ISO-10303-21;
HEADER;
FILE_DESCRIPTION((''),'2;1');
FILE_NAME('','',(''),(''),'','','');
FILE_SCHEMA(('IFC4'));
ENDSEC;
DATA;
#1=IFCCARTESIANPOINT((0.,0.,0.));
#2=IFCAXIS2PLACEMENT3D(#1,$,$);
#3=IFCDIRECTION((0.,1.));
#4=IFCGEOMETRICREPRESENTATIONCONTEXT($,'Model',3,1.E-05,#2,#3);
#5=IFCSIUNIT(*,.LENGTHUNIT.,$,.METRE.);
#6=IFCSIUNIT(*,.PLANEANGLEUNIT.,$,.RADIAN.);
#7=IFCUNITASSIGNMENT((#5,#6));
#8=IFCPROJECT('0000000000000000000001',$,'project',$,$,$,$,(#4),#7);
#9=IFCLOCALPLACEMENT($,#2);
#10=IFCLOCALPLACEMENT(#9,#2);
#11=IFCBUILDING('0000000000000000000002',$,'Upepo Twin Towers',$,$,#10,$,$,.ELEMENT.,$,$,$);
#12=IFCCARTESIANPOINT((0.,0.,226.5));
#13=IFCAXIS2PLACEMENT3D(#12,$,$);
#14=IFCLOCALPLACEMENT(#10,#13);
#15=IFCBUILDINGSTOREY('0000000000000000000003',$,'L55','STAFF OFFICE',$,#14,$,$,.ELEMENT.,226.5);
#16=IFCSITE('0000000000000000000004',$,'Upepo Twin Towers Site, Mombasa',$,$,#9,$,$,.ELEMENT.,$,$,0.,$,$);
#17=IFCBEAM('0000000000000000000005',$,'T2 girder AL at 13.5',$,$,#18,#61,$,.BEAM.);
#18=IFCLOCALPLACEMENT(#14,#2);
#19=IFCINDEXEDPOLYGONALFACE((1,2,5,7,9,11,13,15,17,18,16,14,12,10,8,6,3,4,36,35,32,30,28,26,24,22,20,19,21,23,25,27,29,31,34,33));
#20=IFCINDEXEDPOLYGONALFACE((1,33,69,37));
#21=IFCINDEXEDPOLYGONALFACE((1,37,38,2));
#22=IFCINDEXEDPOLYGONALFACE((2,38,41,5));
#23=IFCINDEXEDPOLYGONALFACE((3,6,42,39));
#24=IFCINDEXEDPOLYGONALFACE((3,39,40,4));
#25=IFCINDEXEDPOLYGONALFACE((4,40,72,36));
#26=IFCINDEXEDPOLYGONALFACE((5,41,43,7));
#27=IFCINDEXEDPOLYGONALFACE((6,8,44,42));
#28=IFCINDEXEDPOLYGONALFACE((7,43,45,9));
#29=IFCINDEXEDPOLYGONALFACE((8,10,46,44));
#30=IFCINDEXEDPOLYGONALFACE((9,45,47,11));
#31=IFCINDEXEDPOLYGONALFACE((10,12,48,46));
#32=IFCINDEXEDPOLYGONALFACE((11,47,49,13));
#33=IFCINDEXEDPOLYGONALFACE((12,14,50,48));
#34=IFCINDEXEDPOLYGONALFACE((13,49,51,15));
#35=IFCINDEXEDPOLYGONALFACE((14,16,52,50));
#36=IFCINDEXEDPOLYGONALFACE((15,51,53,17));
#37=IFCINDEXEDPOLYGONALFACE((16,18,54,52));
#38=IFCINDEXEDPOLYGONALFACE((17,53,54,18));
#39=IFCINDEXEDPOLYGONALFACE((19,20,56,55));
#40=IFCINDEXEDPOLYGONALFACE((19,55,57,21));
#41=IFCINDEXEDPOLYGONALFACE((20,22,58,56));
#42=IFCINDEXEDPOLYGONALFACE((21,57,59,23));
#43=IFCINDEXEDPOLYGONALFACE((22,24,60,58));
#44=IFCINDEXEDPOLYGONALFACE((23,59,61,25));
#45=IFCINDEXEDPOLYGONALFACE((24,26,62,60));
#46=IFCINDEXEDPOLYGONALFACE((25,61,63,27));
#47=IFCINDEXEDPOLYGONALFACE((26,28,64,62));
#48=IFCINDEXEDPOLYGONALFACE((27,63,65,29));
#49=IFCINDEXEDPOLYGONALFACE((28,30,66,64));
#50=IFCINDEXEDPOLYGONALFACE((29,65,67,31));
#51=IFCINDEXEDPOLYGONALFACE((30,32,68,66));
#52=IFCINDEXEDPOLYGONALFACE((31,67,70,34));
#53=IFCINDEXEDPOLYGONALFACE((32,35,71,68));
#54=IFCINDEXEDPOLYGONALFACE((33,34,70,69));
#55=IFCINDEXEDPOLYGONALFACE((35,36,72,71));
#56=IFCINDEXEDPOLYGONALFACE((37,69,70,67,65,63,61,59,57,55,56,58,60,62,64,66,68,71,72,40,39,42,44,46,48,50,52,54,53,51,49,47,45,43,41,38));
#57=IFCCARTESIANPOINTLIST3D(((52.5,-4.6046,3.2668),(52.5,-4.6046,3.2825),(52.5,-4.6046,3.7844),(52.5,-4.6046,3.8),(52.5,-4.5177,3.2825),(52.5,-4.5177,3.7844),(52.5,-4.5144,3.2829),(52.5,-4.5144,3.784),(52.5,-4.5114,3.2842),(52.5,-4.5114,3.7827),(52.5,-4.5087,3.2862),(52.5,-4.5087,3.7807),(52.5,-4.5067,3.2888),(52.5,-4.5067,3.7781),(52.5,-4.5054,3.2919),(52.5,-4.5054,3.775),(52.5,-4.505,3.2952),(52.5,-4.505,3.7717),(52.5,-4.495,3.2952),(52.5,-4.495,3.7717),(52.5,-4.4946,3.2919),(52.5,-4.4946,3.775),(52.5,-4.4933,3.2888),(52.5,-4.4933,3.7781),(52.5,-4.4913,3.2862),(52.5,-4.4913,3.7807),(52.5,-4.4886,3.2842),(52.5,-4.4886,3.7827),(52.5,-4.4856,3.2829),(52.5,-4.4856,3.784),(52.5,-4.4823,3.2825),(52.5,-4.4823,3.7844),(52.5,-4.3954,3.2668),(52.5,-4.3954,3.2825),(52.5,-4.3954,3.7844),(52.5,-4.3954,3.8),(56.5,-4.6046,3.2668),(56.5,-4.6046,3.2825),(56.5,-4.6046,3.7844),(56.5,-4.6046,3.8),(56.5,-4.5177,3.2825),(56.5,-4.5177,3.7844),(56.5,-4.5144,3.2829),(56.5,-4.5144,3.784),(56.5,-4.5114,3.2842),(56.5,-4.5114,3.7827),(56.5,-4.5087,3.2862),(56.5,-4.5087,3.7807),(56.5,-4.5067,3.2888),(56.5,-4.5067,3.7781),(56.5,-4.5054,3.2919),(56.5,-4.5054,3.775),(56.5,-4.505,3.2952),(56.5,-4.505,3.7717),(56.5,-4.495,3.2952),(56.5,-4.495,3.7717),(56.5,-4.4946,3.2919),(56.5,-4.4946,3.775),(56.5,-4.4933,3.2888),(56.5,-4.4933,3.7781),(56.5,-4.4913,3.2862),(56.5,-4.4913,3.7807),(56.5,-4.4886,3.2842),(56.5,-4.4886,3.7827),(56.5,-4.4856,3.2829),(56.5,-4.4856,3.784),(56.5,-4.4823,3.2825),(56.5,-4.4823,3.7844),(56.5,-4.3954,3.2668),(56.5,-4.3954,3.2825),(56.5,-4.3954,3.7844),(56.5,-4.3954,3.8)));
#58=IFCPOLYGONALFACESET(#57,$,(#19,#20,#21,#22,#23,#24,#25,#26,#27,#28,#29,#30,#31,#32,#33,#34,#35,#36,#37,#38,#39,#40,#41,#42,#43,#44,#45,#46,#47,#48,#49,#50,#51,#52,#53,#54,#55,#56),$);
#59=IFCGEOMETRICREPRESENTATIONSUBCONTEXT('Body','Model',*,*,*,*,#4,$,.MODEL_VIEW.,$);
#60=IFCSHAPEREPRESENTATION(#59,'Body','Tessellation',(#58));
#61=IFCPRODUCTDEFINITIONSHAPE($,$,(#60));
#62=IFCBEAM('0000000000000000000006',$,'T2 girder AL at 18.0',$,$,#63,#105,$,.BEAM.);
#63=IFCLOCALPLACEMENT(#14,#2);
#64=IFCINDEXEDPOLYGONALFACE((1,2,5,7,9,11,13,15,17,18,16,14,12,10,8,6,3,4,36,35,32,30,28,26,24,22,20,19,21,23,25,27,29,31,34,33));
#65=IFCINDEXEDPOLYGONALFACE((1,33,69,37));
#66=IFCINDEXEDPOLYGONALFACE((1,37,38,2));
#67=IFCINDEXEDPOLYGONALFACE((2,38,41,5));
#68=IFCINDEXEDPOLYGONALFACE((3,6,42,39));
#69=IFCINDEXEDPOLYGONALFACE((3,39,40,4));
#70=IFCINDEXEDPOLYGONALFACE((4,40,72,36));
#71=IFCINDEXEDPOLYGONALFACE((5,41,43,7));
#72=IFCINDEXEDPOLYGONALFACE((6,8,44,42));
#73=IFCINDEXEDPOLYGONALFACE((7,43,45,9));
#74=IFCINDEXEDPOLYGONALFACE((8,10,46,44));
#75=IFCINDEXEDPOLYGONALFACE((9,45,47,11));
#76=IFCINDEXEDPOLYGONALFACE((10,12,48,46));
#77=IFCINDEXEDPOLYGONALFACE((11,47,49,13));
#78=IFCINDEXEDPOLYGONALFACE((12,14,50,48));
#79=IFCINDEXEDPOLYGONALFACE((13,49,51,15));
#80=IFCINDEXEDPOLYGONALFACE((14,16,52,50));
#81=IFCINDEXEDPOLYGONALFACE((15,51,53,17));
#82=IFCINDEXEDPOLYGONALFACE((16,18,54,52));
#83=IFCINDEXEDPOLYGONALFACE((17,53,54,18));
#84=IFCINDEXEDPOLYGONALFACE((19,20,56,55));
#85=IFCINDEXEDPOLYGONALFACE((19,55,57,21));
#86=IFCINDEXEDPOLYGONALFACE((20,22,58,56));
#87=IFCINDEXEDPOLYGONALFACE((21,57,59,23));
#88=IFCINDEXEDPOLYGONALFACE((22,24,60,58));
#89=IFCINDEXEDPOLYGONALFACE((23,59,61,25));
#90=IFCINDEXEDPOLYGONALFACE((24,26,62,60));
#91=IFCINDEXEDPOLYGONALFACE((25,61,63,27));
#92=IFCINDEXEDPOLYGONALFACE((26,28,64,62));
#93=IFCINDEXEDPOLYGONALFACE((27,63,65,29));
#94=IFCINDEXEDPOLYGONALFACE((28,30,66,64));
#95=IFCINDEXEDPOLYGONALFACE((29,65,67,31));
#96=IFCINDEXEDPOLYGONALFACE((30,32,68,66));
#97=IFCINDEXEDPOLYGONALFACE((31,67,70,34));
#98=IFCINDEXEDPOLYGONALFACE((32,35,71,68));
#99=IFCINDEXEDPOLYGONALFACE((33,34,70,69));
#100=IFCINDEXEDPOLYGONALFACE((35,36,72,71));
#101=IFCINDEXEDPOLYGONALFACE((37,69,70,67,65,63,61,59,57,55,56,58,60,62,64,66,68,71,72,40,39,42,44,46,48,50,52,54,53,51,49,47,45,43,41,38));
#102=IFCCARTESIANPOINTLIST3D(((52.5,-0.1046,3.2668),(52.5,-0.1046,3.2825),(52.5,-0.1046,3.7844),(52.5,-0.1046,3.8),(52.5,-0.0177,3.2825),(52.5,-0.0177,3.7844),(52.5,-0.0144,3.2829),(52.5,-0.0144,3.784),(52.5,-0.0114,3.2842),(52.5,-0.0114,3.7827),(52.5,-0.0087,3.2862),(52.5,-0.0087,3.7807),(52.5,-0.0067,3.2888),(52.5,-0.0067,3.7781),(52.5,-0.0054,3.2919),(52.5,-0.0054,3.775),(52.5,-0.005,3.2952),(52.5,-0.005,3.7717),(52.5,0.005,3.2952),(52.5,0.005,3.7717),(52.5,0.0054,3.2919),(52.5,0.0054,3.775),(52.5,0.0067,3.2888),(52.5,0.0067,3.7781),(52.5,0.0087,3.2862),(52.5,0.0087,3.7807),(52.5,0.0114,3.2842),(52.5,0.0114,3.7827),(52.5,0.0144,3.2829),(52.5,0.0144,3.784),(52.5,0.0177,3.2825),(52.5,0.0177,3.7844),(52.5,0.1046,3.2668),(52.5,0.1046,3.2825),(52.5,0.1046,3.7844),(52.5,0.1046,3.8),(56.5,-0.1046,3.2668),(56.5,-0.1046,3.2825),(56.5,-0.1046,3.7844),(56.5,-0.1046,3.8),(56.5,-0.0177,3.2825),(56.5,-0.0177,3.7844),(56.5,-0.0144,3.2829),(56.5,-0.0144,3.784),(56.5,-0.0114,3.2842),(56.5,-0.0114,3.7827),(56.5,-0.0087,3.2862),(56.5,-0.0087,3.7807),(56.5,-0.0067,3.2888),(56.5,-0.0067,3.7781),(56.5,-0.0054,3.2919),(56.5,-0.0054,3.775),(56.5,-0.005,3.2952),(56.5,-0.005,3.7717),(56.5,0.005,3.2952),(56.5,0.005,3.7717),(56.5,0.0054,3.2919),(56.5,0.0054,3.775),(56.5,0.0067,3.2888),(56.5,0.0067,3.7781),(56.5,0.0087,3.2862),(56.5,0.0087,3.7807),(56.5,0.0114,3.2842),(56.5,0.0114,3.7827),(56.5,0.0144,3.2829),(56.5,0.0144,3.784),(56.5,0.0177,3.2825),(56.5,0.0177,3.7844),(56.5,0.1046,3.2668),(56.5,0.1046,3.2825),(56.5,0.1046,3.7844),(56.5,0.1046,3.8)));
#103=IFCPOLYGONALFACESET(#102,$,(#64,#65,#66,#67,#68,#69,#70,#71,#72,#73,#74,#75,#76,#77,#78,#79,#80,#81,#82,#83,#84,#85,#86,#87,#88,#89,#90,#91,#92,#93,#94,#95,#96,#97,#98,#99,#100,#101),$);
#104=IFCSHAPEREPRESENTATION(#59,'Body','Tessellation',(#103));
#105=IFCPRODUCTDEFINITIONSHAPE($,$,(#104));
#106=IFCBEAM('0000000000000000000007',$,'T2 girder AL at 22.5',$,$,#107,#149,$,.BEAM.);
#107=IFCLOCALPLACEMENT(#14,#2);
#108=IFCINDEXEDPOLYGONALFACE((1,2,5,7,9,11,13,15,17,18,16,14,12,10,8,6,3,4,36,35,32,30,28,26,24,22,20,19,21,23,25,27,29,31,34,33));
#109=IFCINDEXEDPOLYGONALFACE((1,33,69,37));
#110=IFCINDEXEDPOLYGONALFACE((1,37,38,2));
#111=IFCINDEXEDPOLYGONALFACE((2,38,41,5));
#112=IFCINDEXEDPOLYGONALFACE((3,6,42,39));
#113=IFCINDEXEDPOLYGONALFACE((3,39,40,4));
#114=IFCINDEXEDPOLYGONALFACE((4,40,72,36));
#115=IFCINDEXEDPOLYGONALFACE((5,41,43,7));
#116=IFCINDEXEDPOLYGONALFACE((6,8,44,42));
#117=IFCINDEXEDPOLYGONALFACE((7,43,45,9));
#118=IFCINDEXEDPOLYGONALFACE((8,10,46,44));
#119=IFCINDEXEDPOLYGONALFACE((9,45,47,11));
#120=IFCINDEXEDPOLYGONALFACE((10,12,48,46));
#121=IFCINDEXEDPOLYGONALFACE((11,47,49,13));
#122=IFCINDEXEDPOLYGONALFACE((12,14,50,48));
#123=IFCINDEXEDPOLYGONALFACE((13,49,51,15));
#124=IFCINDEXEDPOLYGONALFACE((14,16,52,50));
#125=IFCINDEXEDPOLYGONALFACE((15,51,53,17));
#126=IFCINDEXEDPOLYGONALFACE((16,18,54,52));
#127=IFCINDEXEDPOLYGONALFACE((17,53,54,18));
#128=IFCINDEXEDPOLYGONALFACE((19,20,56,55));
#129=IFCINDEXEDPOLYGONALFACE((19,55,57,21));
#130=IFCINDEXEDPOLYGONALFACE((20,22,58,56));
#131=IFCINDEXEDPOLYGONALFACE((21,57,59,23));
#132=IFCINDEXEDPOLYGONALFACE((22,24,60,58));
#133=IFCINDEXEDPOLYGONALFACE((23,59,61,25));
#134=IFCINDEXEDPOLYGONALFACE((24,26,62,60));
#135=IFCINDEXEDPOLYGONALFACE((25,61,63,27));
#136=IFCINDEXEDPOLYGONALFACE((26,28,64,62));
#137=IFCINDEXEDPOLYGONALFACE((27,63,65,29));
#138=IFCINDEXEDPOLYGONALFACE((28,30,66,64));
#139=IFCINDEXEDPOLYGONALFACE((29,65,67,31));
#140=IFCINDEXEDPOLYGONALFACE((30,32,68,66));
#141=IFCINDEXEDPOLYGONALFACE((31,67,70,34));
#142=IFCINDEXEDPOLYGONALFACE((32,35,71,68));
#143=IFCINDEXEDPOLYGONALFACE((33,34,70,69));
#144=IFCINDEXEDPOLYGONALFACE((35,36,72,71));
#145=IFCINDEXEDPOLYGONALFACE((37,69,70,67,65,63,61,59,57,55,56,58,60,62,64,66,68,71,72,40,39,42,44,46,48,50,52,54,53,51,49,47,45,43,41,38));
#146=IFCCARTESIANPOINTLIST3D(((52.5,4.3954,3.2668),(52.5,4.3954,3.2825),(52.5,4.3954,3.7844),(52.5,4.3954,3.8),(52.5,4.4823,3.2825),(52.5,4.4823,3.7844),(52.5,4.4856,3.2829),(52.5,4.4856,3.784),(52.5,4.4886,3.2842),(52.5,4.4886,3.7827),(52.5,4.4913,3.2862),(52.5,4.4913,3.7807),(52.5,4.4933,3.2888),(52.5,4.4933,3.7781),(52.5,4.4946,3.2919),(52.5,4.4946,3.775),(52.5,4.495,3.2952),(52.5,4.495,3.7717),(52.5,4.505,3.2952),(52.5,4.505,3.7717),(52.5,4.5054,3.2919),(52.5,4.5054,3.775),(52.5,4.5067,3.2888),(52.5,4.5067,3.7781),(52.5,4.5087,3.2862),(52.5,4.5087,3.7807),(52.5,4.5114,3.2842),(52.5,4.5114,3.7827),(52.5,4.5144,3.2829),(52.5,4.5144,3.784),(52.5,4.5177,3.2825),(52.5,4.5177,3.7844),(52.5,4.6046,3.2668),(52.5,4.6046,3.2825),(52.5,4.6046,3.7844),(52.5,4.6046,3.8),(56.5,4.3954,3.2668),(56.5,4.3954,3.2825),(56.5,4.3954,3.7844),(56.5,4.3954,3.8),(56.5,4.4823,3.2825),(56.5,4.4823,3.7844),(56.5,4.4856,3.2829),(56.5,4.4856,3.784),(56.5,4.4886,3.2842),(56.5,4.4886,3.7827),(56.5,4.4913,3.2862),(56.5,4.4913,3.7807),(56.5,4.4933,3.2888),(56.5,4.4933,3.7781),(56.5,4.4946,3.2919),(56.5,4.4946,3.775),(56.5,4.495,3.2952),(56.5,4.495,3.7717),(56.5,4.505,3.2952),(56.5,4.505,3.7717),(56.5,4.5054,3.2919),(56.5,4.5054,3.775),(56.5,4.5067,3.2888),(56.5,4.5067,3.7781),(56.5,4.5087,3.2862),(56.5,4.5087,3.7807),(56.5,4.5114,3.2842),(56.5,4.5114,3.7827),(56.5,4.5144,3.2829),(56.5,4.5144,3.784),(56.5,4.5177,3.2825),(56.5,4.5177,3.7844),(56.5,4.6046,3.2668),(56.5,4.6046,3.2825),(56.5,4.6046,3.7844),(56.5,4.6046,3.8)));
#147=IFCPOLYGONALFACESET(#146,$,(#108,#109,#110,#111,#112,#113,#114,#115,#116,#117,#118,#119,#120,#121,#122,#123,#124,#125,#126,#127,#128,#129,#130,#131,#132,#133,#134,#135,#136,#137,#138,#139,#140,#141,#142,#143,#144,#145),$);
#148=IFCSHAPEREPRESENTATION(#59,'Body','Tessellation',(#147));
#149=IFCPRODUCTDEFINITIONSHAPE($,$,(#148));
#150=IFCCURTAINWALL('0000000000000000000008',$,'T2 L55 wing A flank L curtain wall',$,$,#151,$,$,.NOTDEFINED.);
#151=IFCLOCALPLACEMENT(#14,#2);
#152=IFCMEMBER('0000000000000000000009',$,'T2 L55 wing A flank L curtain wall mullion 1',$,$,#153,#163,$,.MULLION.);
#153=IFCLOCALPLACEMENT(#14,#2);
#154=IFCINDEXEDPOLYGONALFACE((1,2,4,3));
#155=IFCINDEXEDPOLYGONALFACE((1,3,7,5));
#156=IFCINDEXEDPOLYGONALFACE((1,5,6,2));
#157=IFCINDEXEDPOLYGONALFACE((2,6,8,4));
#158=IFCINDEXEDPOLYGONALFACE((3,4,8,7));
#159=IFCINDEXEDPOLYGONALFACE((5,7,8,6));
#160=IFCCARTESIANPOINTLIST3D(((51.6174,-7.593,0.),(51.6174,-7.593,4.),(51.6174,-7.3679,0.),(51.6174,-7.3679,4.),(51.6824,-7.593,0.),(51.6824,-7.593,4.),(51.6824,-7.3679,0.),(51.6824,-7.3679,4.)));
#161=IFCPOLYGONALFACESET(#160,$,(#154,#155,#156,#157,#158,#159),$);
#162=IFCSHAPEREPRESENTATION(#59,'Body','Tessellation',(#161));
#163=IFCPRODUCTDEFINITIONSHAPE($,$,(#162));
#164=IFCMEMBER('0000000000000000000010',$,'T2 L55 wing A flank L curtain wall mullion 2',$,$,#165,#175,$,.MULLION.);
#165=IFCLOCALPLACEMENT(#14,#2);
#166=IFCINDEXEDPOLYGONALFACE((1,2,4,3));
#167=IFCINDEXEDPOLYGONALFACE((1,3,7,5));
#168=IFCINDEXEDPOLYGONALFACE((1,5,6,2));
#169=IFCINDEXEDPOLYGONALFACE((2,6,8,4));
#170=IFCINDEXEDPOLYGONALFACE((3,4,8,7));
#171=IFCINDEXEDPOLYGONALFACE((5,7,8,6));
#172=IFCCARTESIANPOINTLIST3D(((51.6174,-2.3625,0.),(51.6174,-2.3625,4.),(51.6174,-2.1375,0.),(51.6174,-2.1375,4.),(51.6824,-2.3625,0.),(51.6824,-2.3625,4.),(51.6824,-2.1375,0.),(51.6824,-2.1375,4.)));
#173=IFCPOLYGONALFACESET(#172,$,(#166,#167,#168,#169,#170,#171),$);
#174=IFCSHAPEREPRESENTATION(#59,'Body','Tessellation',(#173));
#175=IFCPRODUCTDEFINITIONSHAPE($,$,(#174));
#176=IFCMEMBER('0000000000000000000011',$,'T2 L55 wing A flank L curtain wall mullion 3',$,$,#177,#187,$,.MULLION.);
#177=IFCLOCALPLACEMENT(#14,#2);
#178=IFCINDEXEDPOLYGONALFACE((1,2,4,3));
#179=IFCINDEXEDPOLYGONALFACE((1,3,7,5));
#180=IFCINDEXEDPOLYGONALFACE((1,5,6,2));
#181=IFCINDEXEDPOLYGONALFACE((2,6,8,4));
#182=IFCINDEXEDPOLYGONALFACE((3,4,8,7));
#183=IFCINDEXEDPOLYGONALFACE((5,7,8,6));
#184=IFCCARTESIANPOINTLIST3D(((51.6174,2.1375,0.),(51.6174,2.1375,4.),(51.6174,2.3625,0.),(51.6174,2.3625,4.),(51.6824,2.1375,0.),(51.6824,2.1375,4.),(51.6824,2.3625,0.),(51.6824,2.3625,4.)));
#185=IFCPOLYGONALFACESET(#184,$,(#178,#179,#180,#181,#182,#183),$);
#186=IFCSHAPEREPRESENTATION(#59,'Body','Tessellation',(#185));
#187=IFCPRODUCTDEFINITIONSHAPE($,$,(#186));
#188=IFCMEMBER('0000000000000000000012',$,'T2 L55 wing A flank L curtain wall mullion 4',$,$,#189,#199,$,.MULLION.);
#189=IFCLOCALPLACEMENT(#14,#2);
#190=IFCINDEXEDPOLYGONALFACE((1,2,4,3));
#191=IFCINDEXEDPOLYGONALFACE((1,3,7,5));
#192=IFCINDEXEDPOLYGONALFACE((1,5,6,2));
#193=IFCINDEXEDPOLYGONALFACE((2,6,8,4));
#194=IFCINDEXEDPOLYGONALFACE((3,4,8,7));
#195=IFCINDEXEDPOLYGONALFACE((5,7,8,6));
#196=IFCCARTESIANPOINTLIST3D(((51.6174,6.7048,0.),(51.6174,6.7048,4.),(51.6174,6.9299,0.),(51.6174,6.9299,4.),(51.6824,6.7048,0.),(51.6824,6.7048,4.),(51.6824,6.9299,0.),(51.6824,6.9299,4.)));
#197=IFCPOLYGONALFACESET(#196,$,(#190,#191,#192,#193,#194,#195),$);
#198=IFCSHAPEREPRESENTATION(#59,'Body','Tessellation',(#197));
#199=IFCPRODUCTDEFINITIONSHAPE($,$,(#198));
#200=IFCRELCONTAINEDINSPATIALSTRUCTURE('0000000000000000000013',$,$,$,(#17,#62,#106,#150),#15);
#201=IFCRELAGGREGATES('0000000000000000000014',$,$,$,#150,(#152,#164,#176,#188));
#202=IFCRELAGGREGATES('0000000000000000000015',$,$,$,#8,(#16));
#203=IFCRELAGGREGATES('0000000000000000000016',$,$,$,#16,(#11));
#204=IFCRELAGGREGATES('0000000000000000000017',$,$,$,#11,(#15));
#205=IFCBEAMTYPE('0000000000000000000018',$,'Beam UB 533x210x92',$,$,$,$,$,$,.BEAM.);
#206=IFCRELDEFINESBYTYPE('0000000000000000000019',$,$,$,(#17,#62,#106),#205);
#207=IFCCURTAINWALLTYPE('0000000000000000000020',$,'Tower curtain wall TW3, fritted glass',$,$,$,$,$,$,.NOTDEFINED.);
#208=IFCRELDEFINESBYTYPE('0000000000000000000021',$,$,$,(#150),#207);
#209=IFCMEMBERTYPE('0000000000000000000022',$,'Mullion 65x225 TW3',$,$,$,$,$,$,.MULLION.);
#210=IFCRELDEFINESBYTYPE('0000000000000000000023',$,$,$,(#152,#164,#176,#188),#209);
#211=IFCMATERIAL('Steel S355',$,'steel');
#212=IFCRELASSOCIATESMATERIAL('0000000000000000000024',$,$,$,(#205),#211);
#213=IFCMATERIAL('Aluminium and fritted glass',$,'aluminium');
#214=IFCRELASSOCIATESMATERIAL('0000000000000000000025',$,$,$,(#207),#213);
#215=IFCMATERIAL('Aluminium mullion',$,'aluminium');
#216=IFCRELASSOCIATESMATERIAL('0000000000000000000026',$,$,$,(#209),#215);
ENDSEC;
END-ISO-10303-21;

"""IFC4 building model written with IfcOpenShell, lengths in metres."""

from ifc_helpers import new_model, si_unit, direction, frame, origin, origin_2d, place, context, subcontext, project, spatial, rectangle, i_section, extrude, material, material_profile, profile_set, type_object, element, aggregate, save


model = new_model("IFC4")

# Units and contexts
model_context = context("Model", 3, precision=1e-05, world=origin(), true_north=direction((0.0, 1.0)))
body_context = subcontext(model_context, "Body", "Model", "MODEL_VIEW")
ifc_project = project(units=[si_unit("LENGTHUNIT", "METRE"), si_unit("PLANEANGLEUNIT", "RADIAN")], contexts=[model_context])

# Site, building, storey
site_placement = place(None, origin())
site = spatial("IfcSite", under=ifc_project, at=site_placement, Name="Upepo Twin Towers Site, Mombasa", CompositionType="ELEMENT", RefElevation=0.0)
building_placement = place(site_placement, origin())
building = spatial("IfcBuilding", under=site, at=building_placement, Name="Upepo Twin Towers", CompositionType="ELEMENT")
storey_placement = place(building_placement, frame((0.0, 0.0, 226.5)))
storey = spatial("IfcBuildingStorey", under=building, at=storey_placement, Name="L55", Description="STAFF OFFICE", CompositionType="ELEMENT", Elevation=226.5)

# Beams
ifc_material_1 = material(Name="Steel S355", Category="steel")
ifc_material_profile_1 = material_profile(ifc_material_1, i_section(OverallWidth=0.2092, OverallDepth=0.5332, WebThickness=0.01, FlangeThickness=0.0156, FilletRadius=0.0127, at=origin_2d()), Name="UB 533x210x92")
ifc_profile_set_1 = profile_set([ifc_material_profile_1], Name="Steel S355")
beam_type_1 = type_object("IfcBeamType", Name="Beam UB 533x210x92", PredefinedType="BEAM", material=ifc_profile_set_1)
for number, where, z_axis, x_axis, name in (
    (1, (52.5, -4.5, 3.5334), (1.0, 0.0, 0.0), (0.0, 1.0, 0.0), "T2 girder AL at 13.5"),
    (2, (52.5, 0.0, 3.5334), (1.0, 0.0, 0.0), (0.0, 1.0, 0.0), "T2 girder AL at 18.0"),
    (3, (52.5, 4.5, 3.5334), (1.0, 0.0, 0.0), (0.0, 1.0, 0.0), "T2 girder AL at 22.5"),
):
    element("IfcBeam", number, at=place(storey_placement, frame(where, z_axis=z_axis, x_axis=x_axis)), inside=storey, type_object=beam_type_1, Name=name, PredefinedType="BEAM", context=body_context, shape_type="SweptSolid", body=[
        extrude(i_section(OverallWidth=0.2092, OverallDepth=0.5332, WebThickness=0.01, FlangeThickness=0.0156, FilletRadius=0.0127, at=origin_2d()), origin(), (0.0, 0.0, 1.0), 4.0),
    ])

# Curtain wall, members
ifc_material_2 = material(Name="Aluminium and fritted glass", Category="aluminium")
curtain_wall_type = type_object("IfcCurtainWallType", Name="Tower curtain wall TW3, fritted glass", PredefinedType="NOTDEFINED", material=ifc_material_2)
curtain_wall_1_placement = place(storey_placement, origin())
curtain_wall_1 = element("IfcCurtainWall", 4, at=curtain_wall_1_placement, inside=storey, type_object=curtain_wall_type, Name="T2 L55 wing A flank L curtain wall", PredefinedType="NOTDEFINED")
ifc_material_3 = material(Name="Aluminium mullion", Category="aluminium")
ifc_material_profile_2 = material_profile(ifc_material_3, rectangle(XDim=0.0649, YDim=0.2251, at=origin_2d()), Name="MULLION 65x225")
ifc_profile_set_2 = profile_set([ifc_material_profile_2], Name="Aluminium mullion")
member_type_1 = type_object("IfcMemberType", Name="Mullion 65x225 TW3", PredefinedType="MULLION", material=ifc_profile_set_2)
member_1_placement = place(storey_placement, frame((51.6499, -7.4805, 0.0), z_axis=(0.0, 0.0, 1.0), x_axis=(-1.0, 0.0, 0.0)))
member_1 = element("IfcMember", 5, at=member_1_placement, type_object=member_type_1, Name="T2 L55 wing A flank L curtain wall mullion 1", PredefinedType="MULLION", context=body_context, shape_type="SweptSolid", body=[
    extrude(rectangle(XDim=0.0649, YDim=0.2251, at=origin_2d()), origin(), (0.0, 0.0, 1.0), 4.0),
])
member_2_placement = place(storey_placement, frame((51.6499, -2.25, 0.0), z_axis=(0.0, 0.0, 1.0), x_axis=(-1.0, 0.0, 0.0)))
member_2 = element("IfcMember", 6, at=member_2_placement, type_object=member_type_1, Name="T2 L55 wing A flank L curtain wall mullion 2", PredefinedType="MULLION", context=body_context, shape_type="SweptSolid", body=[
    extrude(rectangle(XDim=0.0649, YDim=0.2251, at=origin_2d()), origin(), (0.0, 0.0, 1.0), 4.0),
])
member_3_placement = place(storey_placement, frame((51.6499, 2.25, 0.0), z_axis=(0.0, 0.0, 1.0), x_axis=(-1.0, 0.0, 0.0)))
member_3 = element("IfcMember", 7, at=member_3_placement, type_object=member_type_1, Name="T2 L55 wing A flank L curtain wall mullion 3", PredefinedType="MULLION", context=body_context, shape_type="SweptSolid", body=[
    extrude(rectangle(XDim=0.0649, YDim=0.2251, at=origin_2d()), origin(), (0.0, 0.0, 1.0), 4.0),
])
member_4_placement = place(storey_placement, frame((51.6499, 6.8174, 0.0), z_axis=(0.0, 0.0, 1.0), x_axis=(-1.0, 0.0, 0.0)))
member_4 = element("IfcMember", 8, at=member_4_placement, type_object=member_type_1, Name="T2 L55 wing A flank L curtain wall mullion 4", PredefinedType="MULLION", context=body_context, shape_type="SweptSolid", body=[
    extrude(rectangle(XDim=0.0649, YDim=0.2251, at=origin_2d()), origin(), (0.0, 0.0, 1.0), 4.0),
])

aggregate(curtain_wall_1, [member_1, member_2, member_3, member_4])

save(model, "model.ifc")
